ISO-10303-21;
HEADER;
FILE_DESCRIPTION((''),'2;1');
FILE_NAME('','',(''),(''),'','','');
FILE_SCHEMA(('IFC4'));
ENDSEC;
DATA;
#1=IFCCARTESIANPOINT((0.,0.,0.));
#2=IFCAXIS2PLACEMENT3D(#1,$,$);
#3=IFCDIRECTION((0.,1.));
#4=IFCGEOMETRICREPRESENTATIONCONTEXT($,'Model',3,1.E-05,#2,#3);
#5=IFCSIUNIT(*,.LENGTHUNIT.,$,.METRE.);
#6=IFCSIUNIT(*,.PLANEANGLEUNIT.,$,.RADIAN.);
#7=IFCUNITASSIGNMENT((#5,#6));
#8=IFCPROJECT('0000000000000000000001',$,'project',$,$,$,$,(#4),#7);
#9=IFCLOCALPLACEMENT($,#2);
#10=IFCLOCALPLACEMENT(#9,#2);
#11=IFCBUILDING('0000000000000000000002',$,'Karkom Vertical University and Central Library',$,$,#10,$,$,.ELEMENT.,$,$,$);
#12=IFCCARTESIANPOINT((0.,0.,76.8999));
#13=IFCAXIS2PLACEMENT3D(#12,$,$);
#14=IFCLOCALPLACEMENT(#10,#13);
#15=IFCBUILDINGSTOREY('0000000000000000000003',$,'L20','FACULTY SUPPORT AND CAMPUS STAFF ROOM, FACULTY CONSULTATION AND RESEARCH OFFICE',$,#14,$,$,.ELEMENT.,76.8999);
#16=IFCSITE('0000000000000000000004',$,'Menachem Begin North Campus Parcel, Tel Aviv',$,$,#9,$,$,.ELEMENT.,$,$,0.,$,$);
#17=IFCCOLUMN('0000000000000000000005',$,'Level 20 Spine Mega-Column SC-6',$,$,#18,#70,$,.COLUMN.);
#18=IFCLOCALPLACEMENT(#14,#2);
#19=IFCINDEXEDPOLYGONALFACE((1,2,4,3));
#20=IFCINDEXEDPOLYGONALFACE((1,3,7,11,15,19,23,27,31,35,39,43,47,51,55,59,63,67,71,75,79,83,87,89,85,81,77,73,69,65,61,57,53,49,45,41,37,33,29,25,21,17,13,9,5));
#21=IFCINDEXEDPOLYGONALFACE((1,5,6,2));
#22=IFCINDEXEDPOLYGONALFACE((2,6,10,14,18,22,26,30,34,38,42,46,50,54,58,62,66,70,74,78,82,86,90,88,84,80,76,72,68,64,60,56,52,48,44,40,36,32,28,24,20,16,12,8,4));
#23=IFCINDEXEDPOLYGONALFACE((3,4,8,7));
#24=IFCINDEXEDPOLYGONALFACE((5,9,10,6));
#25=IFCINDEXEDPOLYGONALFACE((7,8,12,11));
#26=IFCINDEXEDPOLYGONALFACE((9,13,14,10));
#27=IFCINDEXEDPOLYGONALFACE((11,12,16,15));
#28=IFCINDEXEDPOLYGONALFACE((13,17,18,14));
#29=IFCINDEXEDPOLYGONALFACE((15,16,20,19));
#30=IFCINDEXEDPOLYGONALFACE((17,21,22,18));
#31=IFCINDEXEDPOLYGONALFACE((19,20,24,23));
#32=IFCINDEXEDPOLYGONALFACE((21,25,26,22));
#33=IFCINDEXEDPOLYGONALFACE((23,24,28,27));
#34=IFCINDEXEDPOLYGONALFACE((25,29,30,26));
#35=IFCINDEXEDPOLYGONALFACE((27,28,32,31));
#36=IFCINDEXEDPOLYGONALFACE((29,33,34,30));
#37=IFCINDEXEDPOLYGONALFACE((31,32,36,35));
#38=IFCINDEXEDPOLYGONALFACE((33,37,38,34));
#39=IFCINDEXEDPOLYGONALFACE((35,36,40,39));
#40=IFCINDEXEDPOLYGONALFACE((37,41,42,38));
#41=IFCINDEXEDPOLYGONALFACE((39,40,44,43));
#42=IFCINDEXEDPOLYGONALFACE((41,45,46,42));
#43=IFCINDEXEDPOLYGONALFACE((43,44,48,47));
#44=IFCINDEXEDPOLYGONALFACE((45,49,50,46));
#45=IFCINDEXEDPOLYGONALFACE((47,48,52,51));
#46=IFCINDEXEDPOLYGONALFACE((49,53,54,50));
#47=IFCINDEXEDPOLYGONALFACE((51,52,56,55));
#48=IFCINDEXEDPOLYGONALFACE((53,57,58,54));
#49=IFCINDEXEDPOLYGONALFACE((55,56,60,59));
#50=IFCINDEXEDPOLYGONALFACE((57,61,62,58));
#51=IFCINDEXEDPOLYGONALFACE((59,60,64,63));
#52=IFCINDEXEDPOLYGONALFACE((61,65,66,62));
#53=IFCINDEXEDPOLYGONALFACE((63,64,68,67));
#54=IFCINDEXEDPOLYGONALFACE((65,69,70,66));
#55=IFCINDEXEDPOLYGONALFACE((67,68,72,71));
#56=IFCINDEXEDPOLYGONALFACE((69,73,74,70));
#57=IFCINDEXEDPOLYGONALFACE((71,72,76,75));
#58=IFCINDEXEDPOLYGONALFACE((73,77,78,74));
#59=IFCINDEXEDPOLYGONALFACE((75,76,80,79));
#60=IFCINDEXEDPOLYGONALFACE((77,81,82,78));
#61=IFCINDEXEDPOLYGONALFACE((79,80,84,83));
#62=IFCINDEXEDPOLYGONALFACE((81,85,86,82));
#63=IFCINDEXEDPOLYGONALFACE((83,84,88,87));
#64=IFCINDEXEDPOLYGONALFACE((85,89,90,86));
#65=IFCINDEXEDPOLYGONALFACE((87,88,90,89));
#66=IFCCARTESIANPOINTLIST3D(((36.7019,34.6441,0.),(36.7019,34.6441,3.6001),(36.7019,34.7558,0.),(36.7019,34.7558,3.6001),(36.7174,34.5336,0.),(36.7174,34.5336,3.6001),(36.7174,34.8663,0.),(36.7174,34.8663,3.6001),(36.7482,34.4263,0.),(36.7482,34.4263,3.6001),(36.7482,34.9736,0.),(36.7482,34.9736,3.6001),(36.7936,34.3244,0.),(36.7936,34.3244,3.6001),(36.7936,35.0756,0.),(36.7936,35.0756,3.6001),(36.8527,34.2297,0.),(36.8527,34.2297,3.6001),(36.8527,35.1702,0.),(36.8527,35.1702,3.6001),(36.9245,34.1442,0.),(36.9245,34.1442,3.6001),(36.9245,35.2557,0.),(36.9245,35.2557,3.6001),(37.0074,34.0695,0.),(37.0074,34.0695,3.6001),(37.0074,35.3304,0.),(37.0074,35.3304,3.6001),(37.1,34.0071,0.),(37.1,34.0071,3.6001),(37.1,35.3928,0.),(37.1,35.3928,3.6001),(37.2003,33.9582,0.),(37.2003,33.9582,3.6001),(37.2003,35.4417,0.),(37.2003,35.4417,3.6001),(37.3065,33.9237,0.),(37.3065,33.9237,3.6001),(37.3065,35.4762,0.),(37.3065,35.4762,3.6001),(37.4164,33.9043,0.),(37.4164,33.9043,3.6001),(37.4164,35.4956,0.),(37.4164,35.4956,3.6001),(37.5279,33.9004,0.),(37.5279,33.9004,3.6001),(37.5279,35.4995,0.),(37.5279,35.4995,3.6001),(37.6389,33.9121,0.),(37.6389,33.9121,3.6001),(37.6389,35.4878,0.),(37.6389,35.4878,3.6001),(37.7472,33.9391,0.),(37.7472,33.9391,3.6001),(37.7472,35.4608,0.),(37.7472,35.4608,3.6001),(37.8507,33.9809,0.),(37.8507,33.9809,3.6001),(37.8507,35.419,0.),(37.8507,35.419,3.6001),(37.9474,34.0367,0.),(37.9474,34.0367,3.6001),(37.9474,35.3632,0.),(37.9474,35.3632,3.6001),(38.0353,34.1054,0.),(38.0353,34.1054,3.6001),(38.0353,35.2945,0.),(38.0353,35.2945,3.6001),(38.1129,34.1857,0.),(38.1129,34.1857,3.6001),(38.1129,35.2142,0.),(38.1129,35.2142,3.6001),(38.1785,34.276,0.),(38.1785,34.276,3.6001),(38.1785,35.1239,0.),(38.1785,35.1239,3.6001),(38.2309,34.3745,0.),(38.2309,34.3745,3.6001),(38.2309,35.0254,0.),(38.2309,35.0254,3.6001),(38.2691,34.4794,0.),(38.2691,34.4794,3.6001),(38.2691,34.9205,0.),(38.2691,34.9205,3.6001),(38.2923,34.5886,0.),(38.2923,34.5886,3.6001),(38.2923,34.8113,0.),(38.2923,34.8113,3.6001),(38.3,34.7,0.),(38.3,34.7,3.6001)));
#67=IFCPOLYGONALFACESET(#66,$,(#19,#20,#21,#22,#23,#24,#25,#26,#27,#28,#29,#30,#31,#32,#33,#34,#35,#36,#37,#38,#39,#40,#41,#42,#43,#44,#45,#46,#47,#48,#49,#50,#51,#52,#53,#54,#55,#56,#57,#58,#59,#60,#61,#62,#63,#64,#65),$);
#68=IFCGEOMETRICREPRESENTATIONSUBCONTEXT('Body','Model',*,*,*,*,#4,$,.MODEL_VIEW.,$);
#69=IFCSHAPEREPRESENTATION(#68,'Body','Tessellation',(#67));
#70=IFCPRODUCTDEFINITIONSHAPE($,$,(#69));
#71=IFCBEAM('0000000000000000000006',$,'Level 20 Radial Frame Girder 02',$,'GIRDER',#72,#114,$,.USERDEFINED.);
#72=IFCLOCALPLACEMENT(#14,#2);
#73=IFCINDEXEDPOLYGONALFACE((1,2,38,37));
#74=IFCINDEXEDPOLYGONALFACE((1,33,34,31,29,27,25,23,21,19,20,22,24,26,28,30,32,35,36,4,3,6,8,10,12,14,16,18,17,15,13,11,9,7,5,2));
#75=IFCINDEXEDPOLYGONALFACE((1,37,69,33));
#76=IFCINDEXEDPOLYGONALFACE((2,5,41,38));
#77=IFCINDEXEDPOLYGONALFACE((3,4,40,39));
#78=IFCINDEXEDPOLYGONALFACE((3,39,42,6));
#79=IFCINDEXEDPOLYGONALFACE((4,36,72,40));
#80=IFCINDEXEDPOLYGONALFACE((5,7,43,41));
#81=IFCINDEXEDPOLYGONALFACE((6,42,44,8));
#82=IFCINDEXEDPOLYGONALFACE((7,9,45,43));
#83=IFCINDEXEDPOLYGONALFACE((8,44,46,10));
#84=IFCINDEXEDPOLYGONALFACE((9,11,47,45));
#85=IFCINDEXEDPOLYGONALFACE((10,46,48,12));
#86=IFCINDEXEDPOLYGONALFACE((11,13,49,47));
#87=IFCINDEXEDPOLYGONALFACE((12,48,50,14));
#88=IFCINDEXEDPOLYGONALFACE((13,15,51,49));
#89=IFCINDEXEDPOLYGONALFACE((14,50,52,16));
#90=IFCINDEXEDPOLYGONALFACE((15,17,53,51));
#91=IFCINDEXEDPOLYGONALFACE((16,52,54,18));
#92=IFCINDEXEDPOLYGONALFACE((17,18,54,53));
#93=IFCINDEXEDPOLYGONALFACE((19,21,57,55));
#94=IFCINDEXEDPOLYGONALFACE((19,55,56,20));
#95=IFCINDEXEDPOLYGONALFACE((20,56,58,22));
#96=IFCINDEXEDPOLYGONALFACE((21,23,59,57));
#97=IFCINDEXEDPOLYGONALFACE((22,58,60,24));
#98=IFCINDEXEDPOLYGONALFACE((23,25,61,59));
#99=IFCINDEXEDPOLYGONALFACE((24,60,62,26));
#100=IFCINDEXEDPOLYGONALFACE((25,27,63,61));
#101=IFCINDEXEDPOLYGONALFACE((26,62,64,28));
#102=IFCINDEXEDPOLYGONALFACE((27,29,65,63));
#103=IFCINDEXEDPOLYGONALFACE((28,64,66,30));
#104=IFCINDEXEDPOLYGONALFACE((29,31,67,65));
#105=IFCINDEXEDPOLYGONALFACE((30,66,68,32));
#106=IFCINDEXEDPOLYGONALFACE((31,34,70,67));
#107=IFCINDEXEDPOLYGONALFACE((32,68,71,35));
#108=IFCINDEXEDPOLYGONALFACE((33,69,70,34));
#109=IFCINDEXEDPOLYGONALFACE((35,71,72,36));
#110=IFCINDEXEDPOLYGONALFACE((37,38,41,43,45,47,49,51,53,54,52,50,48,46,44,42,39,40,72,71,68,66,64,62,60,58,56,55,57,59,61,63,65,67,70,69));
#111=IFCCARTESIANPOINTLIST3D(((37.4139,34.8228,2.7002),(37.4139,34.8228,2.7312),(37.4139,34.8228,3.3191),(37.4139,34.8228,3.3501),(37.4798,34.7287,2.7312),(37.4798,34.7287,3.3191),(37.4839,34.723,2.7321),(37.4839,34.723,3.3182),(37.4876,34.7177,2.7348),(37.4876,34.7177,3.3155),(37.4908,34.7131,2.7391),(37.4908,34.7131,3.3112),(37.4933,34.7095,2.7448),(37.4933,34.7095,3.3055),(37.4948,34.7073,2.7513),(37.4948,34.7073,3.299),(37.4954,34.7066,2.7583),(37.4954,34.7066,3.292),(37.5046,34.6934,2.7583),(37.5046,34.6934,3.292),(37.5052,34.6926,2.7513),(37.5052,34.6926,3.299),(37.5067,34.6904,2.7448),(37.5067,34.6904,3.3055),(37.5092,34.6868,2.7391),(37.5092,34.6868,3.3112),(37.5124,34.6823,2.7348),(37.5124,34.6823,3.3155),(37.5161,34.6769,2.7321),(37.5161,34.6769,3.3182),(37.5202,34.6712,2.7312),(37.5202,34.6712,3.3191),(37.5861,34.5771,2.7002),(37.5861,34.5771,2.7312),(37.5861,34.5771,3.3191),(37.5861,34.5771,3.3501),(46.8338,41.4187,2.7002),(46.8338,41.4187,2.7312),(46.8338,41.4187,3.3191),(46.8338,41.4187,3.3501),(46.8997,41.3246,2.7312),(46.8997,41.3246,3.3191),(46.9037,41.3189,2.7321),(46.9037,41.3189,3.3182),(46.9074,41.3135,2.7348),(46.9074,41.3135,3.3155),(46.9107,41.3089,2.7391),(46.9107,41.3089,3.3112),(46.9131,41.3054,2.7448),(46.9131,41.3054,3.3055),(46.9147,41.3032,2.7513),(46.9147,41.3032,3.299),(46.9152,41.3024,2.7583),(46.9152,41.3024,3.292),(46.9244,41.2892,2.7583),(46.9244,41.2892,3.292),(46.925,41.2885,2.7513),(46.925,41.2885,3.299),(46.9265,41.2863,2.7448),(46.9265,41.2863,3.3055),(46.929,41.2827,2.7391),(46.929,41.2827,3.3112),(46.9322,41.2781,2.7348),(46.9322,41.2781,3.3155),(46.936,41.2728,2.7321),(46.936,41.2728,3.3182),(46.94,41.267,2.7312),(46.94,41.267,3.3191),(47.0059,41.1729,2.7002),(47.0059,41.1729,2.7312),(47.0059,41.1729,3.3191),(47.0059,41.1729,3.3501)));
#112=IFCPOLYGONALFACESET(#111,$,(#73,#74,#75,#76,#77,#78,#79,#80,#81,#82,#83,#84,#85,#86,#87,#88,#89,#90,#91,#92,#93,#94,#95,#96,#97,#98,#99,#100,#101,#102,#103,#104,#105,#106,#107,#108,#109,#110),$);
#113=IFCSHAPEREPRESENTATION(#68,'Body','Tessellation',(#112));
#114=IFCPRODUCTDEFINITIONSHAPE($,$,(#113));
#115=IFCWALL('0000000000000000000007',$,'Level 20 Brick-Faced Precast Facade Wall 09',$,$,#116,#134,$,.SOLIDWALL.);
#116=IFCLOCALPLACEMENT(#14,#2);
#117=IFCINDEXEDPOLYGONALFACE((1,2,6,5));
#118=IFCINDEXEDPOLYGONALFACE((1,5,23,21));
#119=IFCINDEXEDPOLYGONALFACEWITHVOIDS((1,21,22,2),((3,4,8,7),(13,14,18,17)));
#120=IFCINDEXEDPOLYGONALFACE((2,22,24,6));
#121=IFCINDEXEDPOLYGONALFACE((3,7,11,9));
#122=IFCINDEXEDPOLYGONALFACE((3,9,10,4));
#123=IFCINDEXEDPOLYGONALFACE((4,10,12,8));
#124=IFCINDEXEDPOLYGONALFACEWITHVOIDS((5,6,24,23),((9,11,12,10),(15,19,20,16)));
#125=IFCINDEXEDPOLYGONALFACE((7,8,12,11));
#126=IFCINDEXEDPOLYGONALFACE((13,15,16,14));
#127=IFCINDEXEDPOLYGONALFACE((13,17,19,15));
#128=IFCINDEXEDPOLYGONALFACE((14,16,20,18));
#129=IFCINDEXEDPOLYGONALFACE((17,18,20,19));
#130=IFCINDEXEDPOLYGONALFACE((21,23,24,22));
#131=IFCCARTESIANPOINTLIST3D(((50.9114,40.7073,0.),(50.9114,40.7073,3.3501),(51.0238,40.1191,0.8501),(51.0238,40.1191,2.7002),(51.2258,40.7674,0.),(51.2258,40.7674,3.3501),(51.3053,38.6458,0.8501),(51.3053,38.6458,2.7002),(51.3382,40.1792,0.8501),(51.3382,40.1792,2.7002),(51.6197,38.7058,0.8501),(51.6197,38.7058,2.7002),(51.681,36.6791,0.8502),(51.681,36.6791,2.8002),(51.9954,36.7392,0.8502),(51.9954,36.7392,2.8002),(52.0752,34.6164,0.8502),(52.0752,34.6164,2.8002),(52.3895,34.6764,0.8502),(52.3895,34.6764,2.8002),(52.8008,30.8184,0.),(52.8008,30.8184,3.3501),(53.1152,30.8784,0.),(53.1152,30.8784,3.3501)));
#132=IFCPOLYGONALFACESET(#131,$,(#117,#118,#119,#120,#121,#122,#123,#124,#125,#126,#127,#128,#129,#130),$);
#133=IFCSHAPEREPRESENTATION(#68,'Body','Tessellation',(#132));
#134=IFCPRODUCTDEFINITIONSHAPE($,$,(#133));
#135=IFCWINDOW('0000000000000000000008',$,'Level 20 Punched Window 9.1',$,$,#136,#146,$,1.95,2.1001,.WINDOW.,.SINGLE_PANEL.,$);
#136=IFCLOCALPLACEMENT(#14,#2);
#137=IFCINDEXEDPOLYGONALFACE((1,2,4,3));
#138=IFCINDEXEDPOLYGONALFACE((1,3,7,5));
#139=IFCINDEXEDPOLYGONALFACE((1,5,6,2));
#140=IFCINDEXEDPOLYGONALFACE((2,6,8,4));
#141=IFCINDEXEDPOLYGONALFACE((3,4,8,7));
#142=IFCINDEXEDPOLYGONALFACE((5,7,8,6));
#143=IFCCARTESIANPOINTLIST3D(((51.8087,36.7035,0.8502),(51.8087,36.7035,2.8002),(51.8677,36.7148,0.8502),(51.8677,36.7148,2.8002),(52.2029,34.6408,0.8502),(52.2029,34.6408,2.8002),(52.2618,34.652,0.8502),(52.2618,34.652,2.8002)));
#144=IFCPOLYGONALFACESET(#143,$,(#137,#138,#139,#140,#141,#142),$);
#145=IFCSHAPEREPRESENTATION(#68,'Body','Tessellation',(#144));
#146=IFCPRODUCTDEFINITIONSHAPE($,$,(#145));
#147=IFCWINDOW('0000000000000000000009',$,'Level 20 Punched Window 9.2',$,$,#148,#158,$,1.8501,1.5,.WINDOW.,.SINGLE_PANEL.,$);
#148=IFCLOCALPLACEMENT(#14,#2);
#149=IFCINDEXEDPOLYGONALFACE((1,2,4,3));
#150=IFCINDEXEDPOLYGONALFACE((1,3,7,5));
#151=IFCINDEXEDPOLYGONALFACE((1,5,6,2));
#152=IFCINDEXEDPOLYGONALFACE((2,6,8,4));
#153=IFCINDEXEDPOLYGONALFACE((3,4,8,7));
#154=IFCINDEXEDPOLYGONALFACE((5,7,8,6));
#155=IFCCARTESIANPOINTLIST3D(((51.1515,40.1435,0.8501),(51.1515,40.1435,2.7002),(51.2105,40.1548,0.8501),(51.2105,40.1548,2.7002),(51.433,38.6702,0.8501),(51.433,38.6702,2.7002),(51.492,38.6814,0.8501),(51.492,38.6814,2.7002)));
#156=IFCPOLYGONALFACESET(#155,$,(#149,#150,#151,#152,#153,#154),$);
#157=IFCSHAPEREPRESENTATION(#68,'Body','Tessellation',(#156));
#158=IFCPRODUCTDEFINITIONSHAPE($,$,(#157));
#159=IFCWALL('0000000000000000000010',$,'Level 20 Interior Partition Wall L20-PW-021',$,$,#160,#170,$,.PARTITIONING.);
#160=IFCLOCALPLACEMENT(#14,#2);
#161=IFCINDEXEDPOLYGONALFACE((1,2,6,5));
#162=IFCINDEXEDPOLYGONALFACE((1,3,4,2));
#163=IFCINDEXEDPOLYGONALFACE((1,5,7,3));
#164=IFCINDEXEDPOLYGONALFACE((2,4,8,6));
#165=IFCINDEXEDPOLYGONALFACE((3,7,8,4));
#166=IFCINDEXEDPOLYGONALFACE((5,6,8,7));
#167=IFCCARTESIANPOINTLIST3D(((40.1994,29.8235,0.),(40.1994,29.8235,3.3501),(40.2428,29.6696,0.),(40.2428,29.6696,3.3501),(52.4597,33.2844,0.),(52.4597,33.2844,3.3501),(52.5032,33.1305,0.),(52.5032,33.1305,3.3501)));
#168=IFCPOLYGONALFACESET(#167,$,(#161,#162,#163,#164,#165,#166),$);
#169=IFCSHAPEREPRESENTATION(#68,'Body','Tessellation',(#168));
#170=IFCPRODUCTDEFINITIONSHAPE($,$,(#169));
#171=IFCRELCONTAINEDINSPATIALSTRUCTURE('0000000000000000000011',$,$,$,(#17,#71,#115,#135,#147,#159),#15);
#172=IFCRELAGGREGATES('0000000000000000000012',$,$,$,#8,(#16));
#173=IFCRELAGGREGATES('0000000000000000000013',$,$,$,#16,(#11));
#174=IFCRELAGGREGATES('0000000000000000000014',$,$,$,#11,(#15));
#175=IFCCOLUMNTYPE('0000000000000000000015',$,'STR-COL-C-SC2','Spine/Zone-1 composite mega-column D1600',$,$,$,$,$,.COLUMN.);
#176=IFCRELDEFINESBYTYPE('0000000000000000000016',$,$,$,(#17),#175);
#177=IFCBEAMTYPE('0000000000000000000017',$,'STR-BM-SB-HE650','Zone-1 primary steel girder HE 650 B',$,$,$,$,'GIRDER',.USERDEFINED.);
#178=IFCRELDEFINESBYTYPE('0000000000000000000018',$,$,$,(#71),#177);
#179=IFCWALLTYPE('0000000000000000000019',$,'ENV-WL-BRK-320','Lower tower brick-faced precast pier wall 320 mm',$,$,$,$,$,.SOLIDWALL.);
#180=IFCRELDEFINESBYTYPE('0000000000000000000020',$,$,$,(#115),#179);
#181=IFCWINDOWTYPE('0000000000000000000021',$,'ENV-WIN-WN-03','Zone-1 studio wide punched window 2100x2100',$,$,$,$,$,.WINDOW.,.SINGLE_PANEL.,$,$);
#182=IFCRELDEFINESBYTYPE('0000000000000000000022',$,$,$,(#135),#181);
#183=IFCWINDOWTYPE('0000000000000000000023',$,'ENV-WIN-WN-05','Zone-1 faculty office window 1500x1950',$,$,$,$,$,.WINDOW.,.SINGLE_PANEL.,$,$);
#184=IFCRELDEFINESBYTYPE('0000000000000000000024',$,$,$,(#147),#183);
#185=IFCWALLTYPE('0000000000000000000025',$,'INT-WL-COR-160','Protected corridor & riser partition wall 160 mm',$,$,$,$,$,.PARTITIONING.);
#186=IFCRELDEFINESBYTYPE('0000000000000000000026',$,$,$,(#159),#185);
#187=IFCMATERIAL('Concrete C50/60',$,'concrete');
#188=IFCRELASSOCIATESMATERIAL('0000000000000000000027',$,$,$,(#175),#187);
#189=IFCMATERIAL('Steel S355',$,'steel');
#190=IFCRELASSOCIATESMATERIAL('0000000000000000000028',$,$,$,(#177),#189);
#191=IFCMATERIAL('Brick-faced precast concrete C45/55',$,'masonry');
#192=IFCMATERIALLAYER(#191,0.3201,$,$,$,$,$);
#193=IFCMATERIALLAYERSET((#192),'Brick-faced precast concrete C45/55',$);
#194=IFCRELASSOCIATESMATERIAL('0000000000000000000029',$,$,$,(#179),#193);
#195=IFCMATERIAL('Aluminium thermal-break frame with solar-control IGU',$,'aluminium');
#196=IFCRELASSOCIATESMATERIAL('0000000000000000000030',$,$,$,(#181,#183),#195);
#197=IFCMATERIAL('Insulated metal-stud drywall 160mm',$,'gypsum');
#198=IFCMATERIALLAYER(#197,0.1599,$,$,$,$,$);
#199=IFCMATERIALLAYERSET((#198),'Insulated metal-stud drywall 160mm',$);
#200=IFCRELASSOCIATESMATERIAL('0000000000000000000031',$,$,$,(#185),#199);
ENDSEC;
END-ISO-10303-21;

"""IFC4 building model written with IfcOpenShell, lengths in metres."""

from ifc_helpers import new_model, si_unit, direction, frame, frame_2d, origin, origin_with_axes, origin_2d, place, context, subcontext, project, spatial, rectangle, circle, i_section, extrude, source, transform, mapped, material, layer, layer_set, material_profile, profile_set, type_object, element, fill, save


model = new_model("IFC4")

# Units and contexts
model_context = context("Model", 3, precision=1e-05, world=origin(), true_north=direction((0.0, 1.0)))
body_context = subcontext(model_context, "Body", "Model", "MODEL_VIEW")
ifc_project = project(units=[si_unit("LENGTHUNIT", "METRE"), si_unit("PLANEANGLEUNIT", "RADIAN")], contexts=[model_context])

# Site, building, storey
site_placement = place(None, origin())
site = spatial("IfcSite", under=ifc_project, at=site_placement, Name="Menachem Begin North Campus Parcel, Tel Aviv", CompositionType="ELEMENT", RefElevation=0.0)
building_placement = place(site_placement, origin())
building = spatial("IfcBuilding", under=site, at=building_placement, Name="Karkom Vertical University and Central Library", CompositionType="ELEMENT")
storey_placement = place(building_placement, frame((0.0, 0.0, 76.8999)))
storey = spatial("IfcBuildingStorey", under=building, at=storey_placement, Name="L20", Description="FACULTY SUPPORT AND CAMPUS STAFF ROOM, FACULTY CONSULTATION AND RESEARCH OFFICE", CompositionType="ELEMENT", Elevation=76.8999)

# Column
ifc_material_1 = material(Name="Concrete C50/60", Category="concrete")
ifc_material_profile_1 = material_profile(ifc_material_1, circle(Radius=0.8, at=origin_2d()), Name="CFT-D1600")
ifc_profile_set_1 = profile_set([ifc_material_profile_1], Name="Concrete C50/60")
column_type = type_object("IfcColumnType", Name="STR-COL-C-SC2", Description="Spine/Zone-1 composite mega-column D1600", PredefinedType="COLUMN", material=ifc_profile_set_1)
shared_shape_1 = source(origin_with_axes(), body_context, "Body", "SweptSolid", [
    extrude(circle(Radius=0.8, at=origin_2d()), origin(), (0.0, 0.0, 1.0), 3.6001),
])
column_placement = place(storey_placement, frame((37.5, 34.7, 0.0), z_axis=(0.0, 0.0, 1.0), x_axis=(1.0, 0.0, 0.0)))
element("IfcColumn", 1, at=column_placement, inside=storey, type_object=column_type, Name="Level 20 Spine Mega-Column SC-6", PredefinedType="COLUMN", context=body_context, shape_type="MappedRepresentation", body=[
    mapped(shared_shape_1, transform((0.0, 0.0, 0.0), scale=1.0)),
])

# Beam
ifc_material_2 = material(Name="Steel S355", Category="steel")
ifc_material_profile_2 = material_profile(ifc_material_2, i_section(OverallWidth=0.3, OverallDepth=0.6499, WebThickness=0.0161, FlangeThickness=0.031, FilletRadius=0.0271, at=origin_2d()), Name="HE 650 B")
ifc_profile_set_2 = profile_set([ifc_material_profile_2], Name="Steel S355")
beam_type = type_object("IfcBeamType", Name="STR-BM-SB-HE650", Description="Zone-1 primary steel girder HE 650 B", ElementType="GIRDER", PredefinedType="USERDEFINED", material=ifc_profile_set_2)
shared_shape_2 = source(origin_with_axes(), body_context, "Body", "SweptSolid", [
    extrude(i_section(OverallWidth=0.3, OverallDepth=0.6499, WebThickness=0.0161, FlangeThickness=0.031, FilletRadius=0.0271, at=origin_2d()), origin(), (0.0, 0.0, 1.0), 11.4995),
])
beam_placement = place(storey_placement, frame((37.5, 34.7, 3.0251), z_axis=(0.81915, 0.573579, 0.0), x_axis=(-0.573579, 0.81915, 0.0)))
element("IfcBeam", 2, at=beam_placement, inside=storey, type_object=beam_type, Name="Level 20 Radial Frame Girder 02", ObjectType="GIRDER", PredefinedType="USERDEFINED", context=body_context, shape_type="MappedRepresentation", body=[
    mapped(shared_shape_2, transform((0.0, 0.0, 0.0), scale=1.0)),
])

# Wall, openings, windows
ifc_material_3 = material(Name="Brick-faced precast concrete C45/55", Category="masonry")
ifc_layer_1 = layer(ifc_material_3, 0.3201)
ifc_layer_set_1 = layer_set([ifc_layer_1], Name="Brick-faced precast concrete C45/55")
wall_type_1 = type_object("IfcWallType", Name="ENV-WL-BRK-320", Description="Lower tower brick-faced precast pier wall 320 mm", PredefinedType="SOLIDWALL", material=ifc_layer_set_1)
wall_1_placement = place(storey_placement, frame((52.958, 30.8484, 0.0), z_axis=(0.0, 0.0, 1.0), x_axis=(-0.187668, 0.982232, 0.0)))
wall_1 = element("IfcWall", 3, at=wall_1_placement, inside=storey, type_object=wall_type_1, Name="Level 20 Brick-Faced Precast Facade Wall 09", PredefinedType="SOLIDWALL", context=body_context, shape_type="SweptSolid", body=[
    extrude(rectangle(XDim=10.0679, YDim=0.3201, at=frame_2d((5.0339, 0.0))), origin(), (0.0, 0.0, 1.0), 3.3501),
])
opening_1_placement = place(wall_1_placement, frame((3.8667, 0.0, 0.8501)))
opening_1 = element("IfcOpeningElement", 4, at=opening_1_placement, cuts=wall_1, PredefinedType="OPENING", context=body_context, shape_type="SweptSolid", body=[
    extrude(rectangle(XDim=2.1001, YDim=1.95, at=frame_2d((1.05, 0.9751))), frame((0.0, 0.1699, 0.0), z_axis=(0.0, -1.0, 0.0), x_axis=(1.0, 0.0, 0.0)), (0.0, 0.0, 1.0), 0.3401),
])
opening_2_placement = place(wall_1_placement, frame((7.969, 0.0, 0.8501)))
opening_2 = element("IfcOpeningElement", 5, at=opening_2_placement, cuts=wall_1, PredefinedType="OPENING", context=body_context, shape_type="SweptSolid", body=[
    extrude(rectangle(XDim=1.5, YDim=1.8501, at=frame_2d((0.75, 0.925))), frame((0.0, 0.1699, 0.0), z_axis=(0.0, -1.0, 0.0), x_axis=(1.0, 0.0, 0.0)), (0.0, 0.0, 1.0), 0.3401),
])
ifc_material_4 = material(Name="Aluminium thermal-break frame with solar-control IGU", Category="aluminium")
window_type_1 = type_object("IfcWindowType", Name="ENV-WIN-WN-03", Description="Zone-1 studio wide punched window 2100x2100", PartitioningType="SINGLE_PANEL", PredefinedType="WINDOW", material=ifc_material_4)
shared_shape_3 = source(origin_with_axes(), body_context, "Body", "SweptSolid", [
    extrude(rectangle(XDim=2.1001, YDim=1.95, at=frame_2d((1.05, 0.9751))), frame((0.0, 0.03, 0.0), z_axis=(0.0, -1.0, 0.0), x_axis=(1.0, 0.0, 0.0)), (0.0, 0.0, 1.0), 0.0601),
])
window_1_placement = place(opening_1_placement, origin())
window_1 = element("IfcWindow", 6, at=window_1_placement, inside=storey, type_object=window_type_1, Name="Level 20 Punched Window 9.1", OverallHeight=1.95, OverallWidth=2.1001, PartitioningType="SINGLE_PANEL", PredefinedType="WINDOW", context=body_context, shape_type="MappedRepresentation", body=[
    mapped(shared_shape_3, transform((0.0, 0.0, 0.0), scale=1.0)),
])
fill(opening_1, window_1)
window_type_2 = type_object("IfcWindowType", Name="ENV-WIN-WN-05", Description="Zone-1 faculty office window 1500x1950", PartitioningType="SINGLE_PANEL", PredefinedType="WINDOW", material=ifc_material_4)
shared_shape_4 = source(origin_with_axes(), body_context, "Body", "SweptSolid", [
    extrude(rectangle(XDim=1.5, YDim=1.8501, at=frame_2d((0.75, 0.925))), frame((0.0, 0.03, 0.0), z_axis=(0.0, -1.0, 0.0), x_axis=(1.0, 0.0, 0.0)), (0.0, 0.0, 1.0), 0.0601),
])
window_2_placement = place(opening_2_placement, origin())
window_2 = element("IfcWindow", 7, at=window_2_placement, inside=storey, type_object=window_type_2, Name="Level 20 Punched Window 9.2", OverallHeight=1.8501, OverallWidth=1.5, PartitioningType="SINGLE_PANEL", PredefinedType="WINDOW", context=body_context, shape_type="MappedRepresentation", body=[
    mapped(shared_shape_4, transform((0.0, 0.0, 0.0), scale=1.0)),
])
fill(opening_2, window_2)

# Wall
ifc_material_5 = material(Name="Insulated metal-stud drywall 160mm", Category="gypsum")
ifc_layer_2 = layer(ifc_material_5, 0.1599)
ifc_layer_set_2 = layer_set([ifc_layer_2], Name="Insulated metal-stud drywall 160mm")
wall_type_2 = type_object("IfcWallType", Name="INT-WL-COR-160", Description="Protected corridor & riser partition wall 160 mm", PredefinedType="PARTITIONING", material=ifc_layer_set_2)
wall_2_placement = place(storey_placement, frame((40.2212, 29.7466, 0.0), z_axis=(0.0, 0.0, 1.0), x_axis=(0.962391, 0.271667, 0.0)))
element("IfcWall", 8, at=wall_2_placement, inside=storey, type_object=wall_type_2, Name="Level 20 Interior Partition Wall L20-PW-021", PredefinedType="PARTITIONING", context=body_context, shape_type="SweptSolid", body=[
    extrude(rectangle(XDim=12.7395, YDim=0.1599, at=frame_2d((6.3696, 0.0))), origin(), (0.0, 0.0, 1.0), 3.3501),
])

save(model, "model.ifc")
